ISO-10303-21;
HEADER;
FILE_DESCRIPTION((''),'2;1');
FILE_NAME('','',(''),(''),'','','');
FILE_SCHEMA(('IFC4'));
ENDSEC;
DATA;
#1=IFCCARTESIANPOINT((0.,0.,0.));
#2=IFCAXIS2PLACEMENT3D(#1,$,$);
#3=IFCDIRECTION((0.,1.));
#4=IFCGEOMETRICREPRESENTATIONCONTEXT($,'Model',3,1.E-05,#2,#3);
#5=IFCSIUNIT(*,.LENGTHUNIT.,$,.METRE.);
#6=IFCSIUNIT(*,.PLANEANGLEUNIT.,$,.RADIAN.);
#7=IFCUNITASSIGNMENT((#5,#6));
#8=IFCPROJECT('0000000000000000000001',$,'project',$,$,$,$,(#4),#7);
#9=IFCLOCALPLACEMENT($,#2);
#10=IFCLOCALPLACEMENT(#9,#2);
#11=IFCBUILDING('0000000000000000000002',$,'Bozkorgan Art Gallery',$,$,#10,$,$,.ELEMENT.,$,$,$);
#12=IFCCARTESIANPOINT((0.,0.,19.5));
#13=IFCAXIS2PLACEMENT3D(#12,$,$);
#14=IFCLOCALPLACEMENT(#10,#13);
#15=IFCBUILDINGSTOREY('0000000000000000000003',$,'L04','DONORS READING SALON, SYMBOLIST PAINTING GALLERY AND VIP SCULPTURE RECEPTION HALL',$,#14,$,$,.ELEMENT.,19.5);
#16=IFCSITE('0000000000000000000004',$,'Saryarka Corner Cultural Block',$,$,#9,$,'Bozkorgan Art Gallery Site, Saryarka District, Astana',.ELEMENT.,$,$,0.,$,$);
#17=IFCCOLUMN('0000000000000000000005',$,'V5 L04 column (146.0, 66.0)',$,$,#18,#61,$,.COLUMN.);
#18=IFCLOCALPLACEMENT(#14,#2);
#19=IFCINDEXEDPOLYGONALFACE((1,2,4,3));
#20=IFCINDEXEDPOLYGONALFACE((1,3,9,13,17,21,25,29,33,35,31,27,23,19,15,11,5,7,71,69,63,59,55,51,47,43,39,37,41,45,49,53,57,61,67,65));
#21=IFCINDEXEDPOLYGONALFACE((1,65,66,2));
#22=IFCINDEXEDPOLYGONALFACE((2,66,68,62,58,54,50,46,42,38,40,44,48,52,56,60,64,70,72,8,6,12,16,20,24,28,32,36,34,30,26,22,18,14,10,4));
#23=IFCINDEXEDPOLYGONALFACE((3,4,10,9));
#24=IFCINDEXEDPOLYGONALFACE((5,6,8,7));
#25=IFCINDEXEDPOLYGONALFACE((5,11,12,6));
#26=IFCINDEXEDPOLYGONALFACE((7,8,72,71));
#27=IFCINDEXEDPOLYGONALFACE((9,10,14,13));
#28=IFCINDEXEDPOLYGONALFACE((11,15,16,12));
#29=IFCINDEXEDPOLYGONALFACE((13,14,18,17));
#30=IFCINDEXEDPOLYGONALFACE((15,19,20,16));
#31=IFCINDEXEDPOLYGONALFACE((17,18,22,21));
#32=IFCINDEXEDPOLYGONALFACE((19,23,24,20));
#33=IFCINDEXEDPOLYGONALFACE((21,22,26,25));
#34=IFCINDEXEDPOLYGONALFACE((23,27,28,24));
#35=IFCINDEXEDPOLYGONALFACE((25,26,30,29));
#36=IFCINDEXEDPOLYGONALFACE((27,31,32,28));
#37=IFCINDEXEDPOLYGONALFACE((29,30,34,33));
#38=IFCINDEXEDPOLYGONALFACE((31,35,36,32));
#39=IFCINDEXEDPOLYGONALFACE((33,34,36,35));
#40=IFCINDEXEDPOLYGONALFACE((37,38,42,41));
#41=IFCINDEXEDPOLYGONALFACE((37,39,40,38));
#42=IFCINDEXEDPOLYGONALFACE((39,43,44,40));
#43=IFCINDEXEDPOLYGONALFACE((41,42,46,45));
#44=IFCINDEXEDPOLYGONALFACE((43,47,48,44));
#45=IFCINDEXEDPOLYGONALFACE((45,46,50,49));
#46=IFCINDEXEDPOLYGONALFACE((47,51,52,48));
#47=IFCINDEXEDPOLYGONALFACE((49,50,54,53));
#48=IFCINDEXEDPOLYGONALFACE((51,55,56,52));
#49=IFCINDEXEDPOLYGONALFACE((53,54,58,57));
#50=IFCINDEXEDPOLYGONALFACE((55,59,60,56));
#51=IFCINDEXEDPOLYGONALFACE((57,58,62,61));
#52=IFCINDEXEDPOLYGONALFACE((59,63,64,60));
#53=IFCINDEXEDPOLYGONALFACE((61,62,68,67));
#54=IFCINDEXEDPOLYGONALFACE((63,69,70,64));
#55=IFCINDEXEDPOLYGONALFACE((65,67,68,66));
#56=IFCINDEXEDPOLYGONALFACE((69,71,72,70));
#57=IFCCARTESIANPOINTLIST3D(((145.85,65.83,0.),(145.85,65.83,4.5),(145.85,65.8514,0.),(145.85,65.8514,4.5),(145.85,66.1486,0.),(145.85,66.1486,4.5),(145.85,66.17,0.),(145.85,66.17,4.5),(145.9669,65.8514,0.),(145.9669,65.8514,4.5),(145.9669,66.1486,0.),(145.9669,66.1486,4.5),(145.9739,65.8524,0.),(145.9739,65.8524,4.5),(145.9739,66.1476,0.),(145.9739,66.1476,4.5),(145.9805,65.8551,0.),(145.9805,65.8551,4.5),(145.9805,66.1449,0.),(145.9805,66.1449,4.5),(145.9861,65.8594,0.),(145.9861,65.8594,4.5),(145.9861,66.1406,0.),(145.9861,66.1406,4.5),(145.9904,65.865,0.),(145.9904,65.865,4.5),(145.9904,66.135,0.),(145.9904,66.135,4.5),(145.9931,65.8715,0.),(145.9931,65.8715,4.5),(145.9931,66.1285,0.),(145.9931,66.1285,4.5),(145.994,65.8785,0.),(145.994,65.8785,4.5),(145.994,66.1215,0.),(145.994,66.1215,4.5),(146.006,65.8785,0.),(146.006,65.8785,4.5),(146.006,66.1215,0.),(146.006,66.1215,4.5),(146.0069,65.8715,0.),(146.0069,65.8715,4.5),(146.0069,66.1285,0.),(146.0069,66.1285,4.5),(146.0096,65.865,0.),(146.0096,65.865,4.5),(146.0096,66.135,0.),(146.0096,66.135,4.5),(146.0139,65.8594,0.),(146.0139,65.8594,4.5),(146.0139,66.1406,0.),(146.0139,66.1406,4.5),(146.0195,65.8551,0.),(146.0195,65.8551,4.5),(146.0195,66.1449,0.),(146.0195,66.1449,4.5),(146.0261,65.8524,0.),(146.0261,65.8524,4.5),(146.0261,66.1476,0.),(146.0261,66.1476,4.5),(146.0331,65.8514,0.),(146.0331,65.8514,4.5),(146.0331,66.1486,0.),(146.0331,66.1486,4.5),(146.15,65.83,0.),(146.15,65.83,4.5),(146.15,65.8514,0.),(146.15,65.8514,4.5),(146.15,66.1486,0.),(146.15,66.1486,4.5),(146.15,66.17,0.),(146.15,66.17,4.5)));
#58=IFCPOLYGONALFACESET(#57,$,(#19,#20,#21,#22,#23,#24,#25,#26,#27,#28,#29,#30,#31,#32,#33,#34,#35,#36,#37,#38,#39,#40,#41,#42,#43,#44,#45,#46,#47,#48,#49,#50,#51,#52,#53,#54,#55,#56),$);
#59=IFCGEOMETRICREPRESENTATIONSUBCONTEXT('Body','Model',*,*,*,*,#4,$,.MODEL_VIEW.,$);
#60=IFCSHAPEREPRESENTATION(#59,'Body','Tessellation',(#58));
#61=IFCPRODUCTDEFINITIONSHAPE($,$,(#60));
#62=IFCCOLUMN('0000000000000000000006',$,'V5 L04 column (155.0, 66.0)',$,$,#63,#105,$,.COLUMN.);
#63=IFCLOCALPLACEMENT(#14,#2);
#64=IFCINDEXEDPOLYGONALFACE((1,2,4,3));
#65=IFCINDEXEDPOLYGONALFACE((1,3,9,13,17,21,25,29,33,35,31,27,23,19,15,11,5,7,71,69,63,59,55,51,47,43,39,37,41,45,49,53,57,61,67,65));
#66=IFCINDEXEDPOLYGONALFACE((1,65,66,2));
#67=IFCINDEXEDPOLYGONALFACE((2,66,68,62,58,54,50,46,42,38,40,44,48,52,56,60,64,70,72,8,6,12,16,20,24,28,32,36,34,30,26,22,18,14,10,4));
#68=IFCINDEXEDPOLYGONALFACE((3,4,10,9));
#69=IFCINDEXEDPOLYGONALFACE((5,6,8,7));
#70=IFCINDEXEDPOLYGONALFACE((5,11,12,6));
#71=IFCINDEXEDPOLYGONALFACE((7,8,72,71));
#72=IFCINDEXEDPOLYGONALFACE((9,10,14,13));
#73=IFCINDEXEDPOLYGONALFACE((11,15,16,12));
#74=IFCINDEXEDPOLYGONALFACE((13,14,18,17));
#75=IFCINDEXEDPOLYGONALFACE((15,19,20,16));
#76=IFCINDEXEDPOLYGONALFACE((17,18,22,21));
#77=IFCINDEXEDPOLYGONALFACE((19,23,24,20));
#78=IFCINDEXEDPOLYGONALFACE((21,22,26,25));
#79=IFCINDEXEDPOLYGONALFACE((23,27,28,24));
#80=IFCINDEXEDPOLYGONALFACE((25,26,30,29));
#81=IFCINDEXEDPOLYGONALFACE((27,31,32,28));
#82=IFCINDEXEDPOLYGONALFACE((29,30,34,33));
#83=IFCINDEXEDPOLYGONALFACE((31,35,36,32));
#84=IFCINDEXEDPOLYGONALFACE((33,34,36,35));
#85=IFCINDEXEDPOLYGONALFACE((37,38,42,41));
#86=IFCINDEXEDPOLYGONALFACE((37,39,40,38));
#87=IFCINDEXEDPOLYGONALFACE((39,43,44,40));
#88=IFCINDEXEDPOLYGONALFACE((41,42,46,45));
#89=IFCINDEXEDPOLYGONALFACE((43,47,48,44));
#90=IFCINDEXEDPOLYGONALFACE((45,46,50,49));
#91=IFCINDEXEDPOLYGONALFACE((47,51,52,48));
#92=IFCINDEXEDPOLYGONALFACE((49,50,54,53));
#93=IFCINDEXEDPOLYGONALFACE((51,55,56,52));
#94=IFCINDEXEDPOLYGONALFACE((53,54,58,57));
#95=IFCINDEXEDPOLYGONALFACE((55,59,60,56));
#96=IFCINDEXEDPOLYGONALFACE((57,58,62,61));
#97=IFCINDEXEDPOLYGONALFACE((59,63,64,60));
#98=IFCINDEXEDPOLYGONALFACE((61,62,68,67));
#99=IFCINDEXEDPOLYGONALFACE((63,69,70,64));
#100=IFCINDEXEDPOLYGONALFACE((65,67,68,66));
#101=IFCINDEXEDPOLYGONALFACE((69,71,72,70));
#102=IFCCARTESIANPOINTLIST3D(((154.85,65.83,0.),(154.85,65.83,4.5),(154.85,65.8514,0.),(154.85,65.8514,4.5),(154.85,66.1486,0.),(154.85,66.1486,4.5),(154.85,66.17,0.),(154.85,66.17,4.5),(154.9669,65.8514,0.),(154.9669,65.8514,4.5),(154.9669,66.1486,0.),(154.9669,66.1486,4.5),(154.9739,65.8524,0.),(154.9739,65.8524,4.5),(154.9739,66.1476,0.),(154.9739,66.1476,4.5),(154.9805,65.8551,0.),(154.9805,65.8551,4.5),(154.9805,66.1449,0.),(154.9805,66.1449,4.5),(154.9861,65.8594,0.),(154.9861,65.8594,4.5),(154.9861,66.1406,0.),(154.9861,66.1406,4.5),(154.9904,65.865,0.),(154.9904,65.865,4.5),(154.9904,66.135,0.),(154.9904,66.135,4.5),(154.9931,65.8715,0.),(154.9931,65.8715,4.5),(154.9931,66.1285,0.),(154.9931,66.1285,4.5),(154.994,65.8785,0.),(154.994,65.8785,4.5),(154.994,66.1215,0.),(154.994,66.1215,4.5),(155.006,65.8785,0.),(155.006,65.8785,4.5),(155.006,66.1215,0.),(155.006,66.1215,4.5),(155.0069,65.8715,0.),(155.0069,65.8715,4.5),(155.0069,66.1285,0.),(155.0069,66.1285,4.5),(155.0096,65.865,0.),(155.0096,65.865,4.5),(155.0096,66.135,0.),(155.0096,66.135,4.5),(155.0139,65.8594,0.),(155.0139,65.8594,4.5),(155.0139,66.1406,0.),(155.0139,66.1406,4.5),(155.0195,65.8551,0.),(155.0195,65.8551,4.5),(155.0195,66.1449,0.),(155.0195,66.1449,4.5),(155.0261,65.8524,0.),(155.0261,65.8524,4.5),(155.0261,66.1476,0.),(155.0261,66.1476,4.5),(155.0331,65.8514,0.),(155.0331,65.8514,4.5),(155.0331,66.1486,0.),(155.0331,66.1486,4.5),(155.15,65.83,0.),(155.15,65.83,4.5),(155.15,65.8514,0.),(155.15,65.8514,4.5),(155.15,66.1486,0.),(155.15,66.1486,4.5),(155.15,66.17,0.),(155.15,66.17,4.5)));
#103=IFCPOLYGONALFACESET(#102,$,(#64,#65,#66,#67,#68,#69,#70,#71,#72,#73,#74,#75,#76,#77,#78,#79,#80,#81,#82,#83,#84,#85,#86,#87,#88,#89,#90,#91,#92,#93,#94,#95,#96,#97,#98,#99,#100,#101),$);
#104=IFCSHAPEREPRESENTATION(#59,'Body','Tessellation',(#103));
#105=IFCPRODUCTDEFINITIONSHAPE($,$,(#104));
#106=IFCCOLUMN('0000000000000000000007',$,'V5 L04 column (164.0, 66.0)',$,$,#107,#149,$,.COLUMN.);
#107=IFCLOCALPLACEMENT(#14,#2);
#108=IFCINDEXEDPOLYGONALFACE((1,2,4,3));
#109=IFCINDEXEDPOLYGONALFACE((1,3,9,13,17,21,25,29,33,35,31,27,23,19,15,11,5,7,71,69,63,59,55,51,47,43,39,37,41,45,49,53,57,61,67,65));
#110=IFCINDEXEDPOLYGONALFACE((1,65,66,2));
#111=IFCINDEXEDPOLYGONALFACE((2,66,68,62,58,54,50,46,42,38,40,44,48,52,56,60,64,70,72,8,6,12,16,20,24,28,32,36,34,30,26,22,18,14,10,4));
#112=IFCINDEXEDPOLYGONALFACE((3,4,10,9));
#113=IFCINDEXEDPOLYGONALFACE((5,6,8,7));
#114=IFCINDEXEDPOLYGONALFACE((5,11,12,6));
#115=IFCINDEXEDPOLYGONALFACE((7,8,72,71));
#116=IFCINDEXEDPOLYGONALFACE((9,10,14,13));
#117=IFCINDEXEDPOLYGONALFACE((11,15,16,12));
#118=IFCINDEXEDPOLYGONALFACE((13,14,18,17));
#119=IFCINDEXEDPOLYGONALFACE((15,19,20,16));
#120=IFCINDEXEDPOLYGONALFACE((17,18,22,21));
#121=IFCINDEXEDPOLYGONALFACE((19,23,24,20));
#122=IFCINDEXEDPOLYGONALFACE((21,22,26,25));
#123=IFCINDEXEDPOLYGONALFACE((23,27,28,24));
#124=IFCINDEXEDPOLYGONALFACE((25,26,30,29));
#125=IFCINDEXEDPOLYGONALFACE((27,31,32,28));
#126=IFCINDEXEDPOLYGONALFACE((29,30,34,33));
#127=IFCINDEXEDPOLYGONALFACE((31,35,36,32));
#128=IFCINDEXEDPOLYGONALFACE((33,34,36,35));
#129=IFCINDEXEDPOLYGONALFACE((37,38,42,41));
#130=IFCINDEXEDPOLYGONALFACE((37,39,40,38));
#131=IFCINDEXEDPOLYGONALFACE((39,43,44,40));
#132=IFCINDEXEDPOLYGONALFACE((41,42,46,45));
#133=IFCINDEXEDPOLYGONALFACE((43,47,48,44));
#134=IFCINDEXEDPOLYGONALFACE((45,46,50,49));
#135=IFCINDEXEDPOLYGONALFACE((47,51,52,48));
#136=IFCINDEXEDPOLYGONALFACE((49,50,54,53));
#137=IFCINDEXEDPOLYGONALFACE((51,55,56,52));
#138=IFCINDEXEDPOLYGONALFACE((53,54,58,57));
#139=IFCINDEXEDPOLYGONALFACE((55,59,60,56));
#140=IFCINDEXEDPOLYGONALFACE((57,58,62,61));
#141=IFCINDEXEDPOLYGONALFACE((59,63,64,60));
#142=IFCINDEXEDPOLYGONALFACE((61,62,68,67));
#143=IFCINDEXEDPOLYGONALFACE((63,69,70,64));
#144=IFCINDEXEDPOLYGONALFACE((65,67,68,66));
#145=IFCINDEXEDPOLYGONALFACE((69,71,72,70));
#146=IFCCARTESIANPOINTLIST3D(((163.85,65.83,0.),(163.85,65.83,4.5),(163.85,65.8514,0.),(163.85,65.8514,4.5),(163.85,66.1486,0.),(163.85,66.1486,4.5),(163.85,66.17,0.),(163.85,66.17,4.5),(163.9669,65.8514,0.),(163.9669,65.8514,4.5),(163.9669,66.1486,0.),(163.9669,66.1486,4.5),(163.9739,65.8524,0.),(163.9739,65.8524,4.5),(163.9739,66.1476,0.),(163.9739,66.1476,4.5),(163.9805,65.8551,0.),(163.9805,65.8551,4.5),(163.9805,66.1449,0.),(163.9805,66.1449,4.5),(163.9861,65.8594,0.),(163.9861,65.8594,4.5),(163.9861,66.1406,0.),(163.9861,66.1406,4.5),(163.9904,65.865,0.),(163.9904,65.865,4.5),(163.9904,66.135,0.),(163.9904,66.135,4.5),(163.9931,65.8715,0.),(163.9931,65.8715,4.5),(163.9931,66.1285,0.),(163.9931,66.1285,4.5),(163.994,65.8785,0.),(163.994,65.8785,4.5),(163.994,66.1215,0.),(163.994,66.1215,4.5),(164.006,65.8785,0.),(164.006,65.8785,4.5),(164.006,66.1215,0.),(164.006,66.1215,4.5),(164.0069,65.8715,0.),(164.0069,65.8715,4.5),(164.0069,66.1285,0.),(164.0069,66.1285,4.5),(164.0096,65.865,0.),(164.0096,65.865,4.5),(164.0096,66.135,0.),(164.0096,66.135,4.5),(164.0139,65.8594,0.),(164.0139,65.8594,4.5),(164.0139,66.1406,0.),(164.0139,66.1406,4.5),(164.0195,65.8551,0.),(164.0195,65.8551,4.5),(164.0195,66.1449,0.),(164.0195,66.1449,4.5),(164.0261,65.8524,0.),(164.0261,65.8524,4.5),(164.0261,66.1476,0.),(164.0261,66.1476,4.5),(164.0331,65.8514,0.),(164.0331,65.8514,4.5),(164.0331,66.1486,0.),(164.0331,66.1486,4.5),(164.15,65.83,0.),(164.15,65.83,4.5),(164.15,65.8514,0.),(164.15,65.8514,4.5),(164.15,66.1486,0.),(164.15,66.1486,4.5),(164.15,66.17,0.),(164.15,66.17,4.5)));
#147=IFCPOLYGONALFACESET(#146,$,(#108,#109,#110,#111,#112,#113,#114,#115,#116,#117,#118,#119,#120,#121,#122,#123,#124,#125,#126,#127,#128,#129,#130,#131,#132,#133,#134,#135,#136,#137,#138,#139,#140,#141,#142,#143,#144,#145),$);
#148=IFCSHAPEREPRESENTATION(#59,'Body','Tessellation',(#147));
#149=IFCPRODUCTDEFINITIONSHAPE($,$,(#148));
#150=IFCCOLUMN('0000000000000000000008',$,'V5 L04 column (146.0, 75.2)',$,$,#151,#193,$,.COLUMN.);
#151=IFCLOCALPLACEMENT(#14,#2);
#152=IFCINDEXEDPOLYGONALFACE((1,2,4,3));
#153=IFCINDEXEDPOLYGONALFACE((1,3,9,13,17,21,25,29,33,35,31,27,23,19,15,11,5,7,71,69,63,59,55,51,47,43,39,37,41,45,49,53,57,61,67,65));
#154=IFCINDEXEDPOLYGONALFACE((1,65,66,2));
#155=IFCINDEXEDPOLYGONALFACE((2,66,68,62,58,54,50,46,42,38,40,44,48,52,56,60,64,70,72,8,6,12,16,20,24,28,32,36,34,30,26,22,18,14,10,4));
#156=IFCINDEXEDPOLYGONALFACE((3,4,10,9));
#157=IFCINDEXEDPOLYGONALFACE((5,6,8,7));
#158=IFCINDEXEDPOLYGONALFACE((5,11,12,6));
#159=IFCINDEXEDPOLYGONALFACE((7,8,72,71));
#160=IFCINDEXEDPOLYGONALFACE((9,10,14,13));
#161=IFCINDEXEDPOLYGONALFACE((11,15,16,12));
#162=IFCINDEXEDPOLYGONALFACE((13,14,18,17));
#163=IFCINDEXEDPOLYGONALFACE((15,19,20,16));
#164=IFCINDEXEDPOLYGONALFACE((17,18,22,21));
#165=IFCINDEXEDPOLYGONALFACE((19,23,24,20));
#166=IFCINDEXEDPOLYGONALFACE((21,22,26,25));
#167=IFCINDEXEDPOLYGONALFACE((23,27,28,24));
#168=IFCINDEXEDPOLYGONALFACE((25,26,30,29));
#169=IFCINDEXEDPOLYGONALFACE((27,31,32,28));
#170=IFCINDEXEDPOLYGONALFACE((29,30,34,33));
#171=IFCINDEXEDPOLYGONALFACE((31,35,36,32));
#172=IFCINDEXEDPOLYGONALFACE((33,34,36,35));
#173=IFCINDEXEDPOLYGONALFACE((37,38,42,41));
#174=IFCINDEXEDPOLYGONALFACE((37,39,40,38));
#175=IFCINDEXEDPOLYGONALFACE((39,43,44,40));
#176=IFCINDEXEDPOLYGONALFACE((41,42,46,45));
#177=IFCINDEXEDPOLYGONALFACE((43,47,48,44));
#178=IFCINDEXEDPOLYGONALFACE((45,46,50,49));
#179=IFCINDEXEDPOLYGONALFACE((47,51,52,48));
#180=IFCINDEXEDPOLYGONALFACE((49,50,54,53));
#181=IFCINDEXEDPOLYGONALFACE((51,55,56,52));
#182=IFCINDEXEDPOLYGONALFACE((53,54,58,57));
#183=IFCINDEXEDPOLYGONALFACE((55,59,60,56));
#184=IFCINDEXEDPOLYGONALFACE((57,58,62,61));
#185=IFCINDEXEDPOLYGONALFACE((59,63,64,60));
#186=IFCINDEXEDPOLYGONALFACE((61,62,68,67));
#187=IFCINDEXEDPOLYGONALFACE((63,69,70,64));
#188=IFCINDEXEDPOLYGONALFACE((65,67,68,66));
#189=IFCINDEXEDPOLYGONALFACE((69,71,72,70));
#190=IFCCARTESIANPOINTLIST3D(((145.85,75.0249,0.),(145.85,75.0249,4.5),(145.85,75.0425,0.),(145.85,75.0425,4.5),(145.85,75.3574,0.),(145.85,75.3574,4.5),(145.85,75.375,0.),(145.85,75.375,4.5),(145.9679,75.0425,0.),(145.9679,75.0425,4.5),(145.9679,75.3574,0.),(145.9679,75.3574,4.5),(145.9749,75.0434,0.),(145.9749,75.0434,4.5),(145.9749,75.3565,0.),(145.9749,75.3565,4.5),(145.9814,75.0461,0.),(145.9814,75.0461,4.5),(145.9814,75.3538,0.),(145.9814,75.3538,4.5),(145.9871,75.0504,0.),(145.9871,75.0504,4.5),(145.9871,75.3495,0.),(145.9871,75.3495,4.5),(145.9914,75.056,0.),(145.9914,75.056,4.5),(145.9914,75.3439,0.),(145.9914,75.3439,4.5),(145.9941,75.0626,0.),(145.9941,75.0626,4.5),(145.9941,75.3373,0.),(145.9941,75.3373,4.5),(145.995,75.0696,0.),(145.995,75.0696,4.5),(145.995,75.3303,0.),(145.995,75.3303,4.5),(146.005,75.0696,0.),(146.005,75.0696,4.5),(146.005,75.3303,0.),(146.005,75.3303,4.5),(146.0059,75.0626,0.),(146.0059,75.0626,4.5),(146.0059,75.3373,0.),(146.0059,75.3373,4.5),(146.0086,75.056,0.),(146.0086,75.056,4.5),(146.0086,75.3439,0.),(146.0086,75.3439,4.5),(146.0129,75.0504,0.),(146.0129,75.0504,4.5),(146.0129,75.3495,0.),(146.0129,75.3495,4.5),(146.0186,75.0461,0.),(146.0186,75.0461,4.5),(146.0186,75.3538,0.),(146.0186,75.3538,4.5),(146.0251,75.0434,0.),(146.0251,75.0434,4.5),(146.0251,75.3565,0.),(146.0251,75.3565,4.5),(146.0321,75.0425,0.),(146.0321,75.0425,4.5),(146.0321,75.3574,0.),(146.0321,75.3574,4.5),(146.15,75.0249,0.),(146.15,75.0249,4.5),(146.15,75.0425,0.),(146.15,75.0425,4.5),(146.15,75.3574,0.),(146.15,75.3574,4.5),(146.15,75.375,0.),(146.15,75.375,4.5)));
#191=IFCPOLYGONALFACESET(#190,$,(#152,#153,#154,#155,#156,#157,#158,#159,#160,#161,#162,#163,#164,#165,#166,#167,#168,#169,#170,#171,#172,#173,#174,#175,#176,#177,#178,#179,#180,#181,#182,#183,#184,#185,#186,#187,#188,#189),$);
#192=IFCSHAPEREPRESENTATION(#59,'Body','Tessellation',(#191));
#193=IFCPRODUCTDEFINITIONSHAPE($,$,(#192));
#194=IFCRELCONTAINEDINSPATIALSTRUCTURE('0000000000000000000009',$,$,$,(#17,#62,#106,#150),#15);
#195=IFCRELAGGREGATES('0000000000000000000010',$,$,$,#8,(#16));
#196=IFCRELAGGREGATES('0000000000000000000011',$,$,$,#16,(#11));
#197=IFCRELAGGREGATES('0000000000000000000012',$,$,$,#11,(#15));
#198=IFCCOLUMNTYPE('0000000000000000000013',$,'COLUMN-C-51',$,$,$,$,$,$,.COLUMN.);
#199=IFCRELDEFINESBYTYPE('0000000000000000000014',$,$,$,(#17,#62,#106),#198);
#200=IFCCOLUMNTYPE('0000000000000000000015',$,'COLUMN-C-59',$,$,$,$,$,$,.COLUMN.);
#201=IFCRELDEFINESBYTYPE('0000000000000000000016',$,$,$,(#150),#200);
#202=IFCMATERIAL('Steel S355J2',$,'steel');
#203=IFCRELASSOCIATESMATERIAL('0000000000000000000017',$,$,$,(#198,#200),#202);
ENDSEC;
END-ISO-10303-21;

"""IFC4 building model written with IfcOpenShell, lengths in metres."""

from ifc_helpers import new_model, si_unit, direction, frame, origin, origin_2d, place, context, subcontext, project, spatial, i_section, extrude, material, material_profile, profile_set, type_object, element, save


model = new_model("IFC4")

# Units and contexts
model_context = context("Model", 3, precision=1e-05, world=origin(), true_north=direction((0.0, 1.0)))
body_context = subcontext(model_context, "Body", "Model", "MODEL_VIEW")
ifc_project = project(units=[si_unit("LENGTHUNIT", "METRE"), si_unit("PLANEANGLEUNIT", "RADIAN")], contexts=[model_context])

# Site, building, storey
site_placement = place(None, origin())
site = spatial("IfcSite", under=ifc_project, at=site_placement, Name="Saryarka Corner Cultural Block", LongName="Bozkorgan Art Gallery Site, Saryarka District, Astana", CompositionType="ELEMENT", RefElevation=0.0)
building_placement = place(site_placement, origin())
building = spatial("IfcBuilding", under=site, at=building_placement, Name="Bozkorgan Art Gallery", CompositionType="ELEMENT")
storey_placement = place(building_placement, frame((0.0, 0.0, 19.5)))
storey = spatial("IfcBuildingStorey", under=building, at=storey_placement, Name="L04", Description="DONORS READING SALON, SYMBOLIST PAINTING GALLERY AND VIP SCULPTURE RECEPTION HALL", CompositionType="ELEMENT", Elevation=19.5)

# Columns
ifc_material_1 = material(Name="Steel S355J2", Category="steel")
ifc_material_profile_1 = material_profile(ifc_material_1, i_section(OverallWidth=0.3, OverallDepth=0.3401, WebThickness=0.012, FlangeThickness=0.0215, FilletRadius=0.0271, at=origin_2d()), Name="HEB 340")
ifc_profile_set_1 = profile_set([ifc_material_profile_1], Name="Steel S355J2")
column_type_1 = type_object("IfcColumnType", Name="COLUMN-C-51", PredefinedType="COLUMN", material=ifc_profile_set_1)
for number, where, z_axis, x_axis, name in (
    (1, (146.0, 66.0, 0.0), (0.0, 0.0, 1.0), (1.0, 0.0, 0.0), "V5 L04 column (146.0, 66.0)"),
    (2, (155.0, 66.0, 0.0), (0.0, 0.0, 1.0), (1.0, 0.0, 0.0), "V5 L04 column (155.0, 66.0)"),
    (3, (164.0, 66.0, 0.0), (0.0, 0.0, 1.0), (1.0, 0.0, 0.0), "V5 L04 column (164.0, 66.0)"),
):
    element("IfcColumn", number, at=place(storey_placement, frame(where, z_axis=z_axis, x_axis=x_axis)), inside=storey, type_object=column_type_1, Name=name, PredefinedType="COLUMN", context=body_context, shape_type="SweptSolid", body=[
        extrude(i_section(OverallWidth=0.3, OverallDepth=0.3401, WebThickness=0.012, FlangeThickness=0.0215, FilletRadius=0.0271, at=origin_2d()), origin(), (0.0, 0.0, 1.0), 4.5),
    ])
ifc_material_profile_2 = material_profile(ifc_material_1, i_section(OverallWidth=0.3, OverallDepth=0.3501, WebThickness=0.01, FlangeThickness=0.0176, FilletRadius=0.0271, at=origin_2d()), Name="HEA 360")
ifc_profile_set_2 = profile_set([ifc_material_profile_2], Name="Steel S355J2")
column_type_2 = type_object("IfcColumnType", Name="COLUMN-C-59", PredefinedType="COLUMN", material=ifc_profile_set_2)
for number, where, z_axis, x_axis, name in (
    (4, (146.0, 75.2, 0.0), (0.0, 0.0, 1.0), (1.0, 0.0, 0.0), "V5 L04 column (146.0, 75.2)"),
):
    element("IfcColumn", number, at=place(storey_placement, frame(where, z_axis=z_axis, x_axis=x_axis)), inside=storey, type_object=column_type_2, Name=name, PredefinedType="COLUMN", context=body_context, shape_type="SweptSolid", body=[
        extrude(i_section(OverallWidth=0.3, OverallDepth=0.3501, WebThickness=0.01, FlangeThickness=0.0176, FilletRadius=0.0271, at=origin_2d()), origin(), (0.0, 0.0, 1.0), 4.5),
    ])

save(model, "model.ifc")
